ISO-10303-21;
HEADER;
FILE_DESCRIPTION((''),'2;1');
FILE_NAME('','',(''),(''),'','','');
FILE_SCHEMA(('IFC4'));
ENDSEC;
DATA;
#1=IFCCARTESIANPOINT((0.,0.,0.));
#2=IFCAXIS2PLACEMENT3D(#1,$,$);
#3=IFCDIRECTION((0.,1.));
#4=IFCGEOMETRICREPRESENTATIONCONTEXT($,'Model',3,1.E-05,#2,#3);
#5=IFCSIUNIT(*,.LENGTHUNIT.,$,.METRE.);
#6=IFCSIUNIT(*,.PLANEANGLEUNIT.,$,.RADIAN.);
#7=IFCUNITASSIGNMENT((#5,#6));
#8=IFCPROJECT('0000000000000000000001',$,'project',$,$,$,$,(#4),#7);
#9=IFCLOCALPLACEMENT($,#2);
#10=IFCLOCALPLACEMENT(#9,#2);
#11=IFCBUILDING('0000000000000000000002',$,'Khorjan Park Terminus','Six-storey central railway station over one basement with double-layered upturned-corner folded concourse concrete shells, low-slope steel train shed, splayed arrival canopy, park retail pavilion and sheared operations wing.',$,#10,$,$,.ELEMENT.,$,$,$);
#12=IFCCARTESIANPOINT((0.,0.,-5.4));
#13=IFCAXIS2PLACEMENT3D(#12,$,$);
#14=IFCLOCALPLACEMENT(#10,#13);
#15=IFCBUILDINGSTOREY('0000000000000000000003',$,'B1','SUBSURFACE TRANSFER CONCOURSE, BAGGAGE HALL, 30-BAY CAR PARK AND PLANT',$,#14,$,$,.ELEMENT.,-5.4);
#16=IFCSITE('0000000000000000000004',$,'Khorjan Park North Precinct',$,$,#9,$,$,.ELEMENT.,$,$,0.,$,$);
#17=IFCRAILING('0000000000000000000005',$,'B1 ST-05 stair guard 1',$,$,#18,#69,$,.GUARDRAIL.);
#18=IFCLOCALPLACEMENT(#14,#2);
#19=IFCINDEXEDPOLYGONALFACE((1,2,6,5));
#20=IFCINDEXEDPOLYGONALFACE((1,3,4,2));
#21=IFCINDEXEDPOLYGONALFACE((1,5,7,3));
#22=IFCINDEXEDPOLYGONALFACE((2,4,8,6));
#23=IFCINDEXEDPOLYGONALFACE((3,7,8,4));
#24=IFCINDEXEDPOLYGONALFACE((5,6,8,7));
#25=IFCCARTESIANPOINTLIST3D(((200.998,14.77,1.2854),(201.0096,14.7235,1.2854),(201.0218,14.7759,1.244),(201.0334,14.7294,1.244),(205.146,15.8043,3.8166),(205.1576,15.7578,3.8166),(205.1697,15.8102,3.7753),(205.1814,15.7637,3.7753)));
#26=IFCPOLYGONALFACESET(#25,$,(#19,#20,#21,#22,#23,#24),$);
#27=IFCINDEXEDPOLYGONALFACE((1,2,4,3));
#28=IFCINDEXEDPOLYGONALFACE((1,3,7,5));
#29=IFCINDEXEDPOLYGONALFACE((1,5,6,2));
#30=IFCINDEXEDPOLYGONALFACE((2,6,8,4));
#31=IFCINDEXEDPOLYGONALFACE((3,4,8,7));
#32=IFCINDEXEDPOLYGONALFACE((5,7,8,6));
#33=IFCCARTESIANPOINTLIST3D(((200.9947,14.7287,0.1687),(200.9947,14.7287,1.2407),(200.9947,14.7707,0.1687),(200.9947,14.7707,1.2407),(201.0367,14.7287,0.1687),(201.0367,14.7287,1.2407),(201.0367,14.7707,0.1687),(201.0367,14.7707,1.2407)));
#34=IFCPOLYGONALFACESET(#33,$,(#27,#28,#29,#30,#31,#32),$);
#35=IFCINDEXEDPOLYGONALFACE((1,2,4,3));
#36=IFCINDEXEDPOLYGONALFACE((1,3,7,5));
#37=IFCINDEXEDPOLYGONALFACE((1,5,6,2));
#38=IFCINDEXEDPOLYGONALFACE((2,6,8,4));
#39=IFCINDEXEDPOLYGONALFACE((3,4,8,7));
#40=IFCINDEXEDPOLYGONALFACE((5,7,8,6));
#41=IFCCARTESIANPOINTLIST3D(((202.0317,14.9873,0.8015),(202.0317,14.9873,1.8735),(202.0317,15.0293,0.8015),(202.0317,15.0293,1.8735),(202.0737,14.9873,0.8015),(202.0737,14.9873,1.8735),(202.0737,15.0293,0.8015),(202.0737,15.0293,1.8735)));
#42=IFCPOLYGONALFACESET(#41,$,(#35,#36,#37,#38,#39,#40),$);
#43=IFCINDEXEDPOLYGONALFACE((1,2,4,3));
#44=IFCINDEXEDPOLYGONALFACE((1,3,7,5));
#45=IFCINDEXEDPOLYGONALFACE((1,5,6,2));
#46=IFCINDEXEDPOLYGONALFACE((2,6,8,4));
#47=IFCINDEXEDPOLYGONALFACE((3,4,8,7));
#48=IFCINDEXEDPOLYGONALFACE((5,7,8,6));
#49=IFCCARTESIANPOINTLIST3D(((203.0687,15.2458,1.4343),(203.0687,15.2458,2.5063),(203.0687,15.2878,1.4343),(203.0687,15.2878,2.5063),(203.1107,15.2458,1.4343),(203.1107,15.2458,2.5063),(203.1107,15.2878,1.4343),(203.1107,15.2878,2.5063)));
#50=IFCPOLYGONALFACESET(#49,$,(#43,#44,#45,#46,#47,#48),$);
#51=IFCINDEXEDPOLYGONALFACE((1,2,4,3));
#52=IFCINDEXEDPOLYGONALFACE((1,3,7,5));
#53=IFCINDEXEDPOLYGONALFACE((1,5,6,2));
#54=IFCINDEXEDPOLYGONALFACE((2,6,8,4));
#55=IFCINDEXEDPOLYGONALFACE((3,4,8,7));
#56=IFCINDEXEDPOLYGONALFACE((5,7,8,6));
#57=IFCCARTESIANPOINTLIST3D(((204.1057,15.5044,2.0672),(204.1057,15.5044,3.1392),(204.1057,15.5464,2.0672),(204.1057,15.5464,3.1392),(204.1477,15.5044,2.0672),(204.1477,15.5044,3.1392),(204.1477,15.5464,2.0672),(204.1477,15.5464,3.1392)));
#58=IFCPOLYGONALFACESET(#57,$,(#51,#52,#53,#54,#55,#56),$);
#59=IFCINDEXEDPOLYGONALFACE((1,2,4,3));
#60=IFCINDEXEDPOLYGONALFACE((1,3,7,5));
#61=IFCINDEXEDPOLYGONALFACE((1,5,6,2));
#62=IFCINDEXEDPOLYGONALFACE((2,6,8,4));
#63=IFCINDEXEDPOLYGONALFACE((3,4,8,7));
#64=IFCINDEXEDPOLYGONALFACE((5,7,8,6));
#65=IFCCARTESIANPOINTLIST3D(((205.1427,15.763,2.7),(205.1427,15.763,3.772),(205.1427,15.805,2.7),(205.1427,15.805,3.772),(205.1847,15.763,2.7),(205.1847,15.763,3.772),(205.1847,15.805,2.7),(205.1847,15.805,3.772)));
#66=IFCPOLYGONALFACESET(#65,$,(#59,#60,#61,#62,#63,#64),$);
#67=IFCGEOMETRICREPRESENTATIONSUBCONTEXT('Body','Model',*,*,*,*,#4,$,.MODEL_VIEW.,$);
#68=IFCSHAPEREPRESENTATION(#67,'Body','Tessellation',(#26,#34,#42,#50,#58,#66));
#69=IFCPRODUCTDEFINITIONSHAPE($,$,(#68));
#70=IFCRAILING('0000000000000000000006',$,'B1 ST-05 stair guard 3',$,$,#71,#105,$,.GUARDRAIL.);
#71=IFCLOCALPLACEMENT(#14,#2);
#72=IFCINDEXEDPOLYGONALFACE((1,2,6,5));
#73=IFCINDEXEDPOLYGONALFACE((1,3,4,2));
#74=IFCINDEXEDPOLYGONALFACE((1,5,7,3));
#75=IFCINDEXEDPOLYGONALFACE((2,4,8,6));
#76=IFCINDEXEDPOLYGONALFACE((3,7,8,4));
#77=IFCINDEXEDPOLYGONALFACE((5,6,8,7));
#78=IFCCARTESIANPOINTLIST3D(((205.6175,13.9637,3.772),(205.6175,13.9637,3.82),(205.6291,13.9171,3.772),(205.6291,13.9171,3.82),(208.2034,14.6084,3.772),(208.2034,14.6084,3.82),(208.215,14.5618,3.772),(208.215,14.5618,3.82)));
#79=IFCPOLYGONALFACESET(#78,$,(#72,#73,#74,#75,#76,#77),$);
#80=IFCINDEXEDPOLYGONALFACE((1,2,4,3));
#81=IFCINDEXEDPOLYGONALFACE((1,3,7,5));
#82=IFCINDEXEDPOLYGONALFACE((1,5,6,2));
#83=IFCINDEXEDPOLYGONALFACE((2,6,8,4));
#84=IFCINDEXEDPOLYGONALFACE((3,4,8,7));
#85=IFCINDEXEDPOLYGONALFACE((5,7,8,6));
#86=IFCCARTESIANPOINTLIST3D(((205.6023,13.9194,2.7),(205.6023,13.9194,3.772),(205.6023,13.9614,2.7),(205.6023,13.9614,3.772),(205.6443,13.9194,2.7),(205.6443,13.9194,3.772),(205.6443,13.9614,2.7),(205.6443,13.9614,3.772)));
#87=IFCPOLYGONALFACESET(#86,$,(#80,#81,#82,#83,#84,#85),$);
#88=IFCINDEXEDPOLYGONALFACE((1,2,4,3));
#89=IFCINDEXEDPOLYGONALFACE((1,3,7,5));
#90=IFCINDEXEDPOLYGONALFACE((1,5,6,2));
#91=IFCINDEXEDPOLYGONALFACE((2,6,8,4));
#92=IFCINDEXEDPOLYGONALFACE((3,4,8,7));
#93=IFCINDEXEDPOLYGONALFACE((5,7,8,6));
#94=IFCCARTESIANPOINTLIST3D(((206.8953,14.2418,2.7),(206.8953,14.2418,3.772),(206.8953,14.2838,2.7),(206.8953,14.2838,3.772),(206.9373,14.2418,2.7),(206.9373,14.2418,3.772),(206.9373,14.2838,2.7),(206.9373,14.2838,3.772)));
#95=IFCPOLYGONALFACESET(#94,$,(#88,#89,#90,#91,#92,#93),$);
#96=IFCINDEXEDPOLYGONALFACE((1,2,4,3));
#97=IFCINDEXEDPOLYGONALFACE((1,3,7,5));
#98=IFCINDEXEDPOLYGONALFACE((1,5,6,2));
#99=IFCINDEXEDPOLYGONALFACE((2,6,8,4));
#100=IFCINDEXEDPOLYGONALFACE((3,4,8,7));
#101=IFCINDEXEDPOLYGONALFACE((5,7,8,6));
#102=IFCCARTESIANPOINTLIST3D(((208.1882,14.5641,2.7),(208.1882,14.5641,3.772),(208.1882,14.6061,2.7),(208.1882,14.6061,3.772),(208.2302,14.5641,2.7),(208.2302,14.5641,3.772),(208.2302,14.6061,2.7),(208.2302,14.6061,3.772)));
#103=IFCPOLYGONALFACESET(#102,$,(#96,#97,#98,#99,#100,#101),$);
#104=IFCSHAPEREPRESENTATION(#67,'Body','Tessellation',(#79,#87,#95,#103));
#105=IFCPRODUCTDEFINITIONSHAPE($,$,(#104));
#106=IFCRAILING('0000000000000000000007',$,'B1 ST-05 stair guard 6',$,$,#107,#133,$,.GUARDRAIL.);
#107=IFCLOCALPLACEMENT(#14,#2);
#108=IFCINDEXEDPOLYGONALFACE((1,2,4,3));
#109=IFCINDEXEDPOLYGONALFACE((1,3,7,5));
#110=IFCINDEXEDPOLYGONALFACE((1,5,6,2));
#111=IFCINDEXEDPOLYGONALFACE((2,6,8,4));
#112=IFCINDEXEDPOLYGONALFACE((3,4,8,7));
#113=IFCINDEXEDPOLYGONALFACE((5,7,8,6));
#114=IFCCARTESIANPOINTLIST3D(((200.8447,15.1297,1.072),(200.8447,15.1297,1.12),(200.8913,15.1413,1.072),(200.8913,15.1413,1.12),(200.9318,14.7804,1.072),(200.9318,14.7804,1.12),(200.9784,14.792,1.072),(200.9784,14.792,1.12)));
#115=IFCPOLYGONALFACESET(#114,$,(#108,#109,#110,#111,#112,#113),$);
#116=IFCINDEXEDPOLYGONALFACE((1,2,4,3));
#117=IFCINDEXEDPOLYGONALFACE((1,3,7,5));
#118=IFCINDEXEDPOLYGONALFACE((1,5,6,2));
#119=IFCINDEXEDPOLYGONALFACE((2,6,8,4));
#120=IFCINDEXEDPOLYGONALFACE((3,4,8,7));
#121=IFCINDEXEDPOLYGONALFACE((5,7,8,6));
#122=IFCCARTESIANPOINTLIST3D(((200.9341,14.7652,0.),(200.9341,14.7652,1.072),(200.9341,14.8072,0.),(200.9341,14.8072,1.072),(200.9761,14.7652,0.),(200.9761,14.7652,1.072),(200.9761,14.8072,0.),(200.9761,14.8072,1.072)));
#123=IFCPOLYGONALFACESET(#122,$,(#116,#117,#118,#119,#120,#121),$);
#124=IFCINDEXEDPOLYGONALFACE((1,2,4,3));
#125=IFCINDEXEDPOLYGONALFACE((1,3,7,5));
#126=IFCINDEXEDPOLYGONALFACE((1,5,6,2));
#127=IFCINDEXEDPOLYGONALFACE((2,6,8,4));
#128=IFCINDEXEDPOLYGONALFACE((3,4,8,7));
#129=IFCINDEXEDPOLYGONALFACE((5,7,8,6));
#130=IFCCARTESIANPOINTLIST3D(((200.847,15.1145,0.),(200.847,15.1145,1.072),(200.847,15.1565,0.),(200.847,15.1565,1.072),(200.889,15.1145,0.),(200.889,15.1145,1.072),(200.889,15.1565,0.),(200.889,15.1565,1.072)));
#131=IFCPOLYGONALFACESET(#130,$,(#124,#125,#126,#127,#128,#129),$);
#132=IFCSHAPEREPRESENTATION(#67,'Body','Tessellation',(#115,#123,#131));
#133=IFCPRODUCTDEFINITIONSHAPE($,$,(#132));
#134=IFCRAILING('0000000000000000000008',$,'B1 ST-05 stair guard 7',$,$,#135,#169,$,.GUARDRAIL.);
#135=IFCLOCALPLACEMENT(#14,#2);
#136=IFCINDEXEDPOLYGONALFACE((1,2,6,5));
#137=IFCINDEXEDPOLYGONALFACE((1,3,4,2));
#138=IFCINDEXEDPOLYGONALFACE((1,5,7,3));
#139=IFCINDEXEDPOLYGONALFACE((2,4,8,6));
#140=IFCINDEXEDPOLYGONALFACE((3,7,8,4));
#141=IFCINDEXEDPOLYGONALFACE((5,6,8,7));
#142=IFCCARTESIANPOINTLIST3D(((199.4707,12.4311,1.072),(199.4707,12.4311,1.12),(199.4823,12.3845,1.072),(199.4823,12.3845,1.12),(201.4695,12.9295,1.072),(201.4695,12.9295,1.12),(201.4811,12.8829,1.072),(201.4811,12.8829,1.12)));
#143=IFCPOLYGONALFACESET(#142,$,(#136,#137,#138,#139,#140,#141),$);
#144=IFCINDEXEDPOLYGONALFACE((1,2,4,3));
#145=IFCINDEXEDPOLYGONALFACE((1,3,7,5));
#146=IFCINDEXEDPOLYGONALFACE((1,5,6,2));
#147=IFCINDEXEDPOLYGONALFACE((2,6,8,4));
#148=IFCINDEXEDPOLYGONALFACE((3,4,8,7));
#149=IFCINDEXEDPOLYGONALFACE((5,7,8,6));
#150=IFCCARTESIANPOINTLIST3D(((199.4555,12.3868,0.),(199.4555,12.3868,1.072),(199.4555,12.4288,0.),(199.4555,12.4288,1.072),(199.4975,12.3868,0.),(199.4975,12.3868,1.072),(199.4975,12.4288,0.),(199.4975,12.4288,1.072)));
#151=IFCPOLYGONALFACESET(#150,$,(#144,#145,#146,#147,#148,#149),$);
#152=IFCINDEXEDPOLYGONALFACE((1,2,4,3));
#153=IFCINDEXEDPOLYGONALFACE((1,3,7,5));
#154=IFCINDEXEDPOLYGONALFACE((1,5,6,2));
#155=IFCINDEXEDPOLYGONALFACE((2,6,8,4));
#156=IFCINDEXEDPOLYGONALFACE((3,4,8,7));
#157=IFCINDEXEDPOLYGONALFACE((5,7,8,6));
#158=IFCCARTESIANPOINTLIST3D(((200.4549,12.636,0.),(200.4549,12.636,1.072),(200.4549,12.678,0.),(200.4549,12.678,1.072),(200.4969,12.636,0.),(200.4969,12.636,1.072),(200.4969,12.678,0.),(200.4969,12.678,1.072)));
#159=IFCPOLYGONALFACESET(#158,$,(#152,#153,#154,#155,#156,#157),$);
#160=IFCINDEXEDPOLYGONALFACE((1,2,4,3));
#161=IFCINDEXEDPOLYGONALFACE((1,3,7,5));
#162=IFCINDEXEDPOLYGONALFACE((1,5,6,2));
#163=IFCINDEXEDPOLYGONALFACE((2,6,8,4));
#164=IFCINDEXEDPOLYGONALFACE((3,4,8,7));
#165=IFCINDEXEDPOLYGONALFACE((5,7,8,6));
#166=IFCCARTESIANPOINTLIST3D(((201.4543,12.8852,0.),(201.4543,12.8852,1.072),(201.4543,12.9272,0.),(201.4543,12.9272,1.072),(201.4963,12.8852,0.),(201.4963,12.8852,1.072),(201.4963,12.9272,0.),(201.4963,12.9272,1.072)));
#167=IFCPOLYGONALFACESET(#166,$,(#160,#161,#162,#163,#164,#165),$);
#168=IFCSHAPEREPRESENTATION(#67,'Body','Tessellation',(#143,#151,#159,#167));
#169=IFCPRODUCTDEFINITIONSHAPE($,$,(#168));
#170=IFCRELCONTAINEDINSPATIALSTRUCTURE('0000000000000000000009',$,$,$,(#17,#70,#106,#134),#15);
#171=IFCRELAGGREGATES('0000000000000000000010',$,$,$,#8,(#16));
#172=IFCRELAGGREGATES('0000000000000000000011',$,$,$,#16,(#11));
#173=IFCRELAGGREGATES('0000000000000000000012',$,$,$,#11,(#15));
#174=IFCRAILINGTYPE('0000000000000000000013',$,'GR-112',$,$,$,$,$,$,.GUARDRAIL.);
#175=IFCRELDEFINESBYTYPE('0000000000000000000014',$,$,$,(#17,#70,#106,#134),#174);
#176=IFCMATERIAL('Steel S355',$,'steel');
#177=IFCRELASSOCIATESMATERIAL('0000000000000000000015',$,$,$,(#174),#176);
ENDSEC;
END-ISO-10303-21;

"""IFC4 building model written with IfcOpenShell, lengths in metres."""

from ifc_helpers import new_model, si_unit, direction, frame, origin, origin_2d, place, context, subcontext, project, spatial, rectangle, extrude, material, type_object, element, save


model = new_model("IFC4")

# Units and contexts
model_context = context("Model", 3, precision=1e-05, world=origin(), true_north=direction((0.0, 1.0)))
body_context = subcontext(model_context, "Body", "Model", "MODEL_VIEW")
ifc_project = project(units=[si_unit("LENGTHUNIT", "METRE"), si_unit("PLANEANGLEUNIT", "RADIAN")], contexts=[model_context])

# Site, building, storey
site_placement = place(None, origin())
site = spatial("IfcSite", under=ifc_project, at=site_placement, Name="Khorjan Park North Precinct", CompositionType="ELEMENT", RefElevation=0.0)
building_placement = place(site_placement, origin())
building = spatial("IfcBuilding", under=site, at=building_placement, Name="Khorjan Park Terminus", Description="Six-storey central railway station over one basement with double-layered upturned-corner folded concourse concrete shells, low-slope steel train shed, splayed arrival canopy, park retail pavilion and sheared operations wing.", CompositionType="ELEMENT")
storey_placement = place(building_placement, frame((0.0, 0.0, -5.4)))
storey = spatial("IfcBuildingStorey", under=building, at=storey_placement, Name="B1", Description="SUBSURFACE TRANSFER CONCOURSE, BAGGAGE HALL, 30-BAY CAR PARK AND PLANT", CompositionType="ELEMENT", Elevation=-5.4)

# Railings
ifc_material_1 = material(Name="Steel S355", Category="steel")
railing_type_1 = type_object("IfcRailingType", Name="GR-112", PredefinedType="GUARDRAIL", material=ifc_material_1)
railing_1_placement = place(storey_placement, frame((201.0157, 14.7497, 0.1687)))
element("IfcRailing", 1, at=railing_1_placement, inside=storey, type_object=railing_type_1, Name="B1 ST-05 stair guard 1", PredefinedType="GUARDRAIL", context=body_context, shape_type="SweptSolid", body=[
    extrude(rectangle(XDim=0.048, YDim=0.048, at=origin_2d()), frame((0.0, 0.0, 1.096), z_axis=(0.834908, 0.208183, 0.509499), x_axis=(-0.241941, 0.970291, 0.0)), (0.0, 0.0, 1.0), 4.9682),
    extrude(rectangle(XDim=0.042, YDim=0.042, at=origin_2d()), origin(), (0.0, 0.0, 1.0), 1.072),
    extrude(rectangle(XDim=0.042, YDim=0.042, at=origin_2d()), frame((1.037, 0.2586, 0.6328)), (0.0, 0.0, 1.0), 1.072),
    extrude(rectangle(XDim=0.042, YDim=0.042, at=origin_2d()), frame((2.074, 0.5171, 1.2656)), (0.0, 0.0, 1.0), 1.072),
    extrude(rectangle(XDim=0.042, YDim=0.042, at=origin_2d()), frame((3.111, 0.7757, 1.8985)), (0.0, 0.0, 1.0), 1.072),
    extrude(rectangle(XDim=0.042, YDim=0.042, at=origin_2d()), frame((4.148, 1.0343, 2.5313)), (0.0, 0.0, 1.0), 1.072),
])
railing_2_placement = place(storey_placement, frame((205.6233, 13.9404, 2.7)))
element("IfcRailing", 2, at=railing_2_placement, inside=storey, type_object=railing_type_1, Name="B1 ST-05 stair guard 3", PredefinedType="GUARDRAIL", context=body_context, shape_type="SweptSolid", body=[
    extrude(rectangle(XDim=0.048, YDim=0.048, at=origin_2d()), frame((0.0, 0.0, 1.096), z_axis=(0.970299, 0.241909, 0.0), x_axis=(-0.241909, 0.970299, 0.0)), (0.0, 0.0, 1.0), 2.6651),
    extrude(rectangle(XDim=0.042, YDim=0.042, at=origin_2d()), origin(), (0.0, 0.0, 1.0), 1.072),
    extrude(rectangle(XDim=0.042, YDim=0.042, at=origin_2d()), frame((1.293, 0.3224, 0.0)), (0.0, 0.0, 1.0), 1.072),
    extrude(rectangle(XDim=0.042, YDim=0.042, at=origin_2d()), frame((2.5859, 0.6447, 0.0)), (0.0, 0.0, 1.0), 1.072),
])
railing_3_placement = place(storey_placement, frame((200.9551, 14.7862, 0.0)))
element("IfcRailing", 3, at=railing_3_placement, inside=storey, type_object=railing_type_1, Name="B1 ST-05 stair guard 6", PredefinedType="GUARDRAIL", context=body_context, shape_type="SweptSolid", body=[
    extrude(rectangle(XDim=0.048, YDim=0.048, at=origin_2d()), frame((0.0, 0.0, 1.096), z_axis=(-0.241947, 0.970289, 0.0), x_axis=(-0.970289, -0.241947, 0.0)), (0.0, 0.0, 1.0), 0.36),
    extrude(rectangle(XDim=0.042, YDim=0.042, at=origin_2d()), origin(), (0.0, 0.0, 1.0), 1.072),
    extrude(rectangle(XDim=0.042, YDim=0.042, at=origin_2d()), frame((-0.0871, 0.3493, 0.0)), (0.0, 0.0, 1.0), 1.072),
])
railing_4_placement = place(storey_placement, frame((199.4765, 12.4078, 0.0)))
element("IfcRailing", 4, at=railing_4_placement, inside=storey, type_object=railing_type_1, Name="B1 ST-05 stair guard 7", PredefinedType="GUARDRAIL", context=body_context, shape_type="SweptSolid", body=[
    extrude(rectangle(XDim=0.048, YDim=0.048, at=origin_2d()), frame((0.0, 0.0, 1.096), z_axis=(0.970291, 0.241942, 0.0), x_axis=(-0.241942, 0.970291, 0.0)), (0.0, 0.0, 1.0), 2.06),
    extrude(rectangle(XDim=0.042, YDim=0.042, at=origin_2d()), origin(), (0.0, 0.0, 1.0), 1.072),
    extrude(rectangle(XDim=0.042, YDim=0.042, at=origin_2d()), frame((0.9994, 0.2492, 0.0)), (0.0, 0.0, 1.0), 1.072),
    extrude(rectangle(XDim=0.042, YDim=0.042, at=origin_2d()), frame((1.9988, 0.4984, 0.0)), (0.0, 0.0, 1.0), 1.072),
])

save(model, "model.ifc")
